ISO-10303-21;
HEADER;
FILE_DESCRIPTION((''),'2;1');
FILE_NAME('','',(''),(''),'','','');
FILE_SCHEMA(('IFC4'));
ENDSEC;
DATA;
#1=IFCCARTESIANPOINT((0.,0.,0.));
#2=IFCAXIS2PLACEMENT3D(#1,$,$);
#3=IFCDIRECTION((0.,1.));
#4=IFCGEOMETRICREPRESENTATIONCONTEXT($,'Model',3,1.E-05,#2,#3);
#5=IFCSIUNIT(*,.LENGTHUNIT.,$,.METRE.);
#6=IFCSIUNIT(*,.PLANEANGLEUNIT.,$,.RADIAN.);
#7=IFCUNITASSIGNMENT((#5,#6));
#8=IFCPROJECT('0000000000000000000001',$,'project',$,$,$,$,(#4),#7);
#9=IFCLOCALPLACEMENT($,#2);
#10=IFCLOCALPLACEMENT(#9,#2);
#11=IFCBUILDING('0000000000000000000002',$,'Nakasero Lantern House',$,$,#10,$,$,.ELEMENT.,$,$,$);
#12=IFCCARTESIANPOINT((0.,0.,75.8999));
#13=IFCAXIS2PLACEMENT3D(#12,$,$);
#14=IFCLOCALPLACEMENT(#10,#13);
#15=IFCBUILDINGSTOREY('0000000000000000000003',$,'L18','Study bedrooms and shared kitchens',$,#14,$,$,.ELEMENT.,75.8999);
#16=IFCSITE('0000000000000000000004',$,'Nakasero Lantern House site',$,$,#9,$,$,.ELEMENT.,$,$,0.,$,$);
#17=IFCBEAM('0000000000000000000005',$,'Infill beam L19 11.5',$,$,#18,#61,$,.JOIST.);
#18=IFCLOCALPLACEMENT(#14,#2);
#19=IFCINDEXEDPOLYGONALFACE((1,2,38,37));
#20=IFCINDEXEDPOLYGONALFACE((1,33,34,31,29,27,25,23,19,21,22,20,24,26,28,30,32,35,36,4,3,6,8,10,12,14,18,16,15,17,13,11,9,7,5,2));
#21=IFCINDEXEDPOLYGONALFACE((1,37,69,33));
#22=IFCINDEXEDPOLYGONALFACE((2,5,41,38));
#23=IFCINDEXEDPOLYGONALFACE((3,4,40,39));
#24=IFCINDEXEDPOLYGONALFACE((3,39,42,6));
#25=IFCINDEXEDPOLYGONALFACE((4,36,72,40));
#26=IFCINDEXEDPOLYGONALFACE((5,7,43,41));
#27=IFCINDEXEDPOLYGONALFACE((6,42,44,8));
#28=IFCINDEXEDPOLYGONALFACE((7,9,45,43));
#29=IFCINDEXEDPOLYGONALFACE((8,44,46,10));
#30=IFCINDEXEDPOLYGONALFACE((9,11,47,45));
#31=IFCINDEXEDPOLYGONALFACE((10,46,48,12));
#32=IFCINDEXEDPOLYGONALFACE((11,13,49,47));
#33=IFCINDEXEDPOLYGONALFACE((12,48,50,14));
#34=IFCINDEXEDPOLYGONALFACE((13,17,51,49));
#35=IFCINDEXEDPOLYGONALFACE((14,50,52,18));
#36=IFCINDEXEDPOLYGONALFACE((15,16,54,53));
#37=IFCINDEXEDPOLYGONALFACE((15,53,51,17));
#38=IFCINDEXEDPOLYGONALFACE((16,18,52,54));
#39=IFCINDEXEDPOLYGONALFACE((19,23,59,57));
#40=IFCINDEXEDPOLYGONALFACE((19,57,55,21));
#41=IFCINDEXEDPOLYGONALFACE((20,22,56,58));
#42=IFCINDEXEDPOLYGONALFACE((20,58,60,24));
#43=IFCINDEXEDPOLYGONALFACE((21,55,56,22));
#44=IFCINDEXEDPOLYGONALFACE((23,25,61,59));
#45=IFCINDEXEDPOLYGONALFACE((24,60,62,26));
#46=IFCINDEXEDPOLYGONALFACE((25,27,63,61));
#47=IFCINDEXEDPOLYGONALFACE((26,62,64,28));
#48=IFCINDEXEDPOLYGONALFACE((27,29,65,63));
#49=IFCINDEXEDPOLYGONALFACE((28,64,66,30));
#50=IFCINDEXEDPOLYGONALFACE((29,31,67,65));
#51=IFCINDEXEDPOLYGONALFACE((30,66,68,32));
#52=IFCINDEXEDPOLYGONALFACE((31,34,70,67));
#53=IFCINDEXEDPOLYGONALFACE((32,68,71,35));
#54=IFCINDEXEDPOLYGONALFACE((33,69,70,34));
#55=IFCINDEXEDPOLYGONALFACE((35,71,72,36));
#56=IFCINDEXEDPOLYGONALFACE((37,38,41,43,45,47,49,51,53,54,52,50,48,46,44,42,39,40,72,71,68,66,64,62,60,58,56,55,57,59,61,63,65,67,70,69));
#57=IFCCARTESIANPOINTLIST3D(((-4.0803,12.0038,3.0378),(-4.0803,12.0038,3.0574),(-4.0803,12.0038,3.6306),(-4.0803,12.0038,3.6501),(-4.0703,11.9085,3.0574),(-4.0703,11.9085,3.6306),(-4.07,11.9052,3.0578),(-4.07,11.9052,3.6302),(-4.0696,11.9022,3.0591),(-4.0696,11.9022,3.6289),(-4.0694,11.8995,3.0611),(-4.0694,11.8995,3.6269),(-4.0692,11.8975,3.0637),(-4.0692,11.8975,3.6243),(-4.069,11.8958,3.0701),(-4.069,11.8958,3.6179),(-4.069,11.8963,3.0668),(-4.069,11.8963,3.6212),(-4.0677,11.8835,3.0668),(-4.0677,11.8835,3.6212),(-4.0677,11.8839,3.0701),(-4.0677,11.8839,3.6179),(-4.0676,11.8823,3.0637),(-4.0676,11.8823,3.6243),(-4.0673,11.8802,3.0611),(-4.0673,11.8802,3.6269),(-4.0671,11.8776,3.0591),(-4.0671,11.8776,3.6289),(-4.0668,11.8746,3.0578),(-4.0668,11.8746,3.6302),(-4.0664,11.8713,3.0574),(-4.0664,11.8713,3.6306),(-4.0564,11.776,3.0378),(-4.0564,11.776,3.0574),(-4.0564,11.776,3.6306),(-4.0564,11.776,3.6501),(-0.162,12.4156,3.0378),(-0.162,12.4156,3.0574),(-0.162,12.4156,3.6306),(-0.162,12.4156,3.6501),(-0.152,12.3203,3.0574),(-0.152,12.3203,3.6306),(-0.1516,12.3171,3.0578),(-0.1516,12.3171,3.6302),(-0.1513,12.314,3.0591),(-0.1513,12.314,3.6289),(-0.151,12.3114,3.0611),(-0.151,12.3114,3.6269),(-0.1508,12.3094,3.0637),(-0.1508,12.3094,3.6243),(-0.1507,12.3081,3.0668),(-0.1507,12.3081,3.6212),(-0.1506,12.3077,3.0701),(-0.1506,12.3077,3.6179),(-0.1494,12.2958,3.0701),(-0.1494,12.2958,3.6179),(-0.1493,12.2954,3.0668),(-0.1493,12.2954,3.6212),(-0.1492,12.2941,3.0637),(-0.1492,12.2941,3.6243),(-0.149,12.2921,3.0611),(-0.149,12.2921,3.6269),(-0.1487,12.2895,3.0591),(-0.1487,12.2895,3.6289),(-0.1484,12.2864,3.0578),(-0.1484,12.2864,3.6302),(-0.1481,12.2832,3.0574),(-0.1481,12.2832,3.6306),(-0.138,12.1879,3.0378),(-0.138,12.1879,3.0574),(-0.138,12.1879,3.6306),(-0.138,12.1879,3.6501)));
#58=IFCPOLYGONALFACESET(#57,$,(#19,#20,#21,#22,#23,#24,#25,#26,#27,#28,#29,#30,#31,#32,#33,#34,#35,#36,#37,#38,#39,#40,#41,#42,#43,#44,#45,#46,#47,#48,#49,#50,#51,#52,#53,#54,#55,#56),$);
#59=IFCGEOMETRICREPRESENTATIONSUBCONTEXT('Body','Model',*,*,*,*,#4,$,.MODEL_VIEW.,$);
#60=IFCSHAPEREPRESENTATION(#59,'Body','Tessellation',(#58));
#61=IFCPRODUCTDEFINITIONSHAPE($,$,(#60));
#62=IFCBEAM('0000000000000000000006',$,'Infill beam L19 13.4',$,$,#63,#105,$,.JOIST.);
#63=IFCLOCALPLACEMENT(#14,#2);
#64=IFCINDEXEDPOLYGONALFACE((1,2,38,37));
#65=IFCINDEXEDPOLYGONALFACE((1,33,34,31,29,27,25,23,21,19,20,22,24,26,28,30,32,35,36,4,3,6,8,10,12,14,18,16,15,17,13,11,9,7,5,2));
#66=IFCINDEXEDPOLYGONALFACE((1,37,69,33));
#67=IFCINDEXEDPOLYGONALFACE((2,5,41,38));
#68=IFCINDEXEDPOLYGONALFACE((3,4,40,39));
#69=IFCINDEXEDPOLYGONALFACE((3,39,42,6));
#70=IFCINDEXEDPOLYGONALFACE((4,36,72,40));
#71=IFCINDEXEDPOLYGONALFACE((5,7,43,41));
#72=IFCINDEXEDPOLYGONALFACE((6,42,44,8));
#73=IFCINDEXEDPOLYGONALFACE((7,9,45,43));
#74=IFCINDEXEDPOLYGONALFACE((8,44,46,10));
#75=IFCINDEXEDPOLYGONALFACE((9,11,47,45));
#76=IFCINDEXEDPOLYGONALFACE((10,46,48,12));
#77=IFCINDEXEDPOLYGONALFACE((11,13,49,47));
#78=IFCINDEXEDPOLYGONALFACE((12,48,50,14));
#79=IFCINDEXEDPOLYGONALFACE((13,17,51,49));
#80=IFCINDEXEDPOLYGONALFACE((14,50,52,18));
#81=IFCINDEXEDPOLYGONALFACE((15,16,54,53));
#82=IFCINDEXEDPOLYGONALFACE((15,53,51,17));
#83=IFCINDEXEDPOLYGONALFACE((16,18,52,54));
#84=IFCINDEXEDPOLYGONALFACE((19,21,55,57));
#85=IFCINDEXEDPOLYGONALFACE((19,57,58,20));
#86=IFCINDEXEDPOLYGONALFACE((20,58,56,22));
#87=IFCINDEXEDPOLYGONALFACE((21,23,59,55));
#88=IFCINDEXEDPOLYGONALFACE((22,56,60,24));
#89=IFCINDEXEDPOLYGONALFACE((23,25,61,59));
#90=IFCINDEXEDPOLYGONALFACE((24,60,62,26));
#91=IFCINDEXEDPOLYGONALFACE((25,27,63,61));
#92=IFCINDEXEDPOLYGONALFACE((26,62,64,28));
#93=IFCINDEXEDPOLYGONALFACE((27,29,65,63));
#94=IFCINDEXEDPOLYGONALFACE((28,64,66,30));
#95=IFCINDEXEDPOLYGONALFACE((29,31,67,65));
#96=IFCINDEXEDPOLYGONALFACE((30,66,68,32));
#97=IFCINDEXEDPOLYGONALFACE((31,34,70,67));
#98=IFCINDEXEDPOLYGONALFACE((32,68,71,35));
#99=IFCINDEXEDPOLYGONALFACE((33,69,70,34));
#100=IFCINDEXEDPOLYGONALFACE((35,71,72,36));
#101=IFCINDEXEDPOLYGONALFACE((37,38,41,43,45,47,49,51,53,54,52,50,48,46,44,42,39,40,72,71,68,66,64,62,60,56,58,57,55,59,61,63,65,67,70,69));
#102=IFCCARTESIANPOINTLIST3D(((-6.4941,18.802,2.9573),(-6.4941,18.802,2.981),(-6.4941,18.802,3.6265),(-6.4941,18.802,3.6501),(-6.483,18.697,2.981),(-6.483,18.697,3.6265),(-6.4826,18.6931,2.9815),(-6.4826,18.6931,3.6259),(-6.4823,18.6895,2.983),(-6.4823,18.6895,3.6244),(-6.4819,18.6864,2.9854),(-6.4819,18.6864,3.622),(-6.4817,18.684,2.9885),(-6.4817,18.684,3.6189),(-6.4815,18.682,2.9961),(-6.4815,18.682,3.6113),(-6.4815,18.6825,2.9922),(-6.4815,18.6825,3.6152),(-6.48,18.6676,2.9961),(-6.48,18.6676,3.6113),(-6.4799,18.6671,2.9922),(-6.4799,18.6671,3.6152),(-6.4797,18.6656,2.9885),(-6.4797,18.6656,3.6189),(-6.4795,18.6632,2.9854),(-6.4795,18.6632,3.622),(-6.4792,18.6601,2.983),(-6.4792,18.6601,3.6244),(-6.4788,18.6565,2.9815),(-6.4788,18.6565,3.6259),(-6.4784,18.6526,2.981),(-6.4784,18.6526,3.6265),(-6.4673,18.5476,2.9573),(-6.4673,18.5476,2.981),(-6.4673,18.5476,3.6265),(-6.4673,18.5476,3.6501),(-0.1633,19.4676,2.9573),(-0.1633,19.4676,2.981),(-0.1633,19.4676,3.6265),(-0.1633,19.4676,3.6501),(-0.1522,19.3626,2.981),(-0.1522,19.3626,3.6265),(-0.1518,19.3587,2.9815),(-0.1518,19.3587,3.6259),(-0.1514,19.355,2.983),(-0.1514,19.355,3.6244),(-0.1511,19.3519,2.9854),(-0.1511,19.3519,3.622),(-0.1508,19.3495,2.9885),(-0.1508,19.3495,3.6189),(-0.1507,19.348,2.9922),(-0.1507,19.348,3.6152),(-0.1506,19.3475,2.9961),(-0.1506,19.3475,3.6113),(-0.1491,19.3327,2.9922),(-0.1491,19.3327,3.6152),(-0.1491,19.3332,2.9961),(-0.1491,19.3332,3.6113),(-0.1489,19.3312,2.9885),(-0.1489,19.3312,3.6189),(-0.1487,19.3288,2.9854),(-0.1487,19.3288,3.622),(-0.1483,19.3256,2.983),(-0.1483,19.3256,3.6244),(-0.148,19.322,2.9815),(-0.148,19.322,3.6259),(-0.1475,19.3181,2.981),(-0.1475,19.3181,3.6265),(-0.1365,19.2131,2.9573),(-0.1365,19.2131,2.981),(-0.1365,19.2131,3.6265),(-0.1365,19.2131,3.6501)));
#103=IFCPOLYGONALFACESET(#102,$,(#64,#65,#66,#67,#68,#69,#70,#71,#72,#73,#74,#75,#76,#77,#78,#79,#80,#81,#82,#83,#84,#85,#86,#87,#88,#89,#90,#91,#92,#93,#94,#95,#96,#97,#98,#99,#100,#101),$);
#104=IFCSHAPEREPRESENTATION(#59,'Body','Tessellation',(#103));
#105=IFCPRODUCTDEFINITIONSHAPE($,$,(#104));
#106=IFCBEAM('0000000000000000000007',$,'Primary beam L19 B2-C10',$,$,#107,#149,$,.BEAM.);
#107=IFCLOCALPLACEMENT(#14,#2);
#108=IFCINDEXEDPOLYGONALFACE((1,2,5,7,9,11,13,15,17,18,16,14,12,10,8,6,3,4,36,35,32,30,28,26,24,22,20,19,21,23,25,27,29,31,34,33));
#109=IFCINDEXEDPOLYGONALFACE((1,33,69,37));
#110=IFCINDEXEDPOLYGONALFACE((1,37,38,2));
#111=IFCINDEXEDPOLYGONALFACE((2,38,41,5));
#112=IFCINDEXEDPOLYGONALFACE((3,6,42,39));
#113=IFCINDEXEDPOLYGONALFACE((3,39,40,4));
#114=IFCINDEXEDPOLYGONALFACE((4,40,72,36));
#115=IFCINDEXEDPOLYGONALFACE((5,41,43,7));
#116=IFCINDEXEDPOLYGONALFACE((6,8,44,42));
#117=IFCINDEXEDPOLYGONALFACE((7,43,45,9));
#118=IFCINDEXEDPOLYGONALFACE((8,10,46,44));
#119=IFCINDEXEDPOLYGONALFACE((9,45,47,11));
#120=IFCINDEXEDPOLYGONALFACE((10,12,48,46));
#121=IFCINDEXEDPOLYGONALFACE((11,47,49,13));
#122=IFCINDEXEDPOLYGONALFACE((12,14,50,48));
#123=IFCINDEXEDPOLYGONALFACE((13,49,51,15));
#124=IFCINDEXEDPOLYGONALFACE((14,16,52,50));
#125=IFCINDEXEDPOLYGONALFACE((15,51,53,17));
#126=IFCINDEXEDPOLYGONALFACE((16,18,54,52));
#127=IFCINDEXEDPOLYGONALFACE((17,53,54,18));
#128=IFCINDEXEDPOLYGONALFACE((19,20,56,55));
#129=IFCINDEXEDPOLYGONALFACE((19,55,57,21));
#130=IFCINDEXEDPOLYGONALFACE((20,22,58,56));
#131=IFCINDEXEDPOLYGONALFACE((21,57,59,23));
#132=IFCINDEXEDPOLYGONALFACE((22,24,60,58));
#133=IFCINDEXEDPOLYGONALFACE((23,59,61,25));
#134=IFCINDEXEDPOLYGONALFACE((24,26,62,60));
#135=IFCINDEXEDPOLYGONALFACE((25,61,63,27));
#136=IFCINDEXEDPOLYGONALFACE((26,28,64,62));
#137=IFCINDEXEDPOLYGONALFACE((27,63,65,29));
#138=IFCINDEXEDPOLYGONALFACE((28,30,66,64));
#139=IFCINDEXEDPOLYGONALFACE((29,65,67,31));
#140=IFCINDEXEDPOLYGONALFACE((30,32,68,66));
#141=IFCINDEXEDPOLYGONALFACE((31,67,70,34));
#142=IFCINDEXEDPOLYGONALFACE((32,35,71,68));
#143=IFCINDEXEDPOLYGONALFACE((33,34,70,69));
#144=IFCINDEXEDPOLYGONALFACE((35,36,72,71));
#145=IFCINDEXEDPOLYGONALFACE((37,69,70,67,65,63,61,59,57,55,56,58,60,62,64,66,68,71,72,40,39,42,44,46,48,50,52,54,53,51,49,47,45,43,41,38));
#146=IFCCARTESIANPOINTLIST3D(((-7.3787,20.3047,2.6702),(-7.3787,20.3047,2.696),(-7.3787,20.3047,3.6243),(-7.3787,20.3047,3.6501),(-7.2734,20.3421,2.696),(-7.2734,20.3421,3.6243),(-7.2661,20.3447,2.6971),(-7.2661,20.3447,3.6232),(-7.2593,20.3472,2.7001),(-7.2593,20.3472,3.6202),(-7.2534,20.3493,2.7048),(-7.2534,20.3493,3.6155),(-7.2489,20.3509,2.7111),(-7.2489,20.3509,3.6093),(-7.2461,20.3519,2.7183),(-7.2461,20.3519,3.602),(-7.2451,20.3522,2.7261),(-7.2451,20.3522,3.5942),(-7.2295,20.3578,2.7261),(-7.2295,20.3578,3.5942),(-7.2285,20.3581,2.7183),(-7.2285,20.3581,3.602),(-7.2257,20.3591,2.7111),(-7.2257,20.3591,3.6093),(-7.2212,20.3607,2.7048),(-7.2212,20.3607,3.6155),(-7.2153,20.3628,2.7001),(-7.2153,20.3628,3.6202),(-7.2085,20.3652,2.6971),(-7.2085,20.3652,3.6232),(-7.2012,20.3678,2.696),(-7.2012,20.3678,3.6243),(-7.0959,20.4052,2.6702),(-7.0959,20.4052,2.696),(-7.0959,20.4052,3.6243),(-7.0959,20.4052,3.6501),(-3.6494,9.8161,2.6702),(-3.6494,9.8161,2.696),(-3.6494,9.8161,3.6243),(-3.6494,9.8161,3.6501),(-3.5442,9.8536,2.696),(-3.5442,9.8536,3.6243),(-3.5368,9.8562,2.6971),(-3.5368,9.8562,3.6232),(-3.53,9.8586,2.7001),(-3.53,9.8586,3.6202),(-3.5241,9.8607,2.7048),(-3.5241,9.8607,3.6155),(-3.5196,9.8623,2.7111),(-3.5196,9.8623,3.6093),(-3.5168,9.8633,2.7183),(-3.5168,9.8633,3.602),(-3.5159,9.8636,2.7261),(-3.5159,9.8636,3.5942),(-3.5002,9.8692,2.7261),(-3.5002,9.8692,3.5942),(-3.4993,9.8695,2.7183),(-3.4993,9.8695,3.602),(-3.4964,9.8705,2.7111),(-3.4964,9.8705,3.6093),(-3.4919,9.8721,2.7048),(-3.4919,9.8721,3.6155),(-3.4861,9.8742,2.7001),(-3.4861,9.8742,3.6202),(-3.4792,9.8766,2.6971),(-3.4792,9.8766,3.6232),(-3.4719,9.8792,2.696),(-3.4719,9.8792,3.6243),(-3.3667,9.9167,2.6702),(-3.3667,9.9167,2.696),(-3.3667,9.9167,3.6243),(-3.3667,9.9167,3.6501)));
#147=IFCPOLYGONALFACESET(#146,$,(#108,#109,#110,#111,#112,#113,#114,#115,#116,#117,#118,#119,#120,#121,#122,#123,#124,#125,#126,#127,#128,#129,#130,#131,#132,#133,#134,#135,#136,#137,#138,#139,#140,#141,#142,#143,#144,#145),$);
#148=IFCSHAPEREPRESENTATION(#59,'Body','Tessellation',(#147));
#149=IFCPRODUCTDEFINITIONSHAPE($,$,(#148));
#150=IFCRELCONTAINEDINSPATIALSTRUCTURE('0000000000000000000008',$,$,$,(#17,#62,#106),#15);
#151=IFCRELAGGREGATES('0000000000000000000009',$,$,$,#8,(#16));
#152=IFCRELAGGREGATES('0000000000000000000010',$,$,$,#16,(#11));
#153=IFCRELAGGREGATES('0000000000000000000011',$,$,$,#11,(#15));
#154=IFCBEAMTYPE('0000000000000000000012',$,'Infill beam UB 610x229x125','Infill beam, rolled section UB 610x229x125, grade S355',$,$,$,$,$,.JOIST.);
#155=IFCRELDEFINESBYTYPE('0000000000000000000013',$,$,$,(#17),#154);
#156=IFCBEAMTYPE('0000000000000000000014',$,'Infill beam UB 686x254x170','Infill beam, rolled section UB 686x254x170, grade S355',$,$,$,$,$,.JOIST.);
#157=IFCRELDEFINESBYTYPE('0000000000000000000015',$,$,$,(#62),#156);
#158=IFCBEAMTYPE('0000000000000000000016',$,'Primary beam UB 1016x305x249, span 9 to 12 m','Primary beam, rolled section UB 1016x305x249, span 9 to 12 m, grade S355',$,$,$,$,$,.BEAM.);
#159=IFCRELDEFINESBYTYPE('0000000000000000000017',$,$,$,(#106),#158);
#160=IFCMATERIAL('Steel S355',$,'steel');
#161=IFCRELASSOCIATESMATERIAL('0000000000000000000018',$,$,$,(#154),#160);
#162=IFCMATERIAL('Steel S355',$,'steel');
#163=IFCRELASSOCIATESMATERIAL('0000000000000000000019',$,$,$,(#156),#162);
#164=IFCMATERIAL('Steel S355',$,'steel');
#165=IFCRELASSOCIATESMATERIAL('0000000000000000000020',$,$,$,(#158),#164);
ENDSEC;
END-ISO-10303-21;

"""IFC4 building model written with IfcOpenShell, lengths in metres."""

from ifc_helpers import new_model, si_unit, direction, frame, origin, origin_2d, place, context, subcontext, project, spatial, i_section, extrude, material, material_profile, profile_set, type_object, element, save


model = new_model("IFC4")

# Units and contexts
model_context = context("Model", 3, precision=1e-05, world=origin(), true_north=direction((0.0, 1.0)))
body_context = subcontext(model_context, "Body", "Model", "MODEL_VIEW")
ifc_project = project(units=[si_unit("LENGTHUNIT", "METRE"), si_unit("PLANEANGLEUNIT", "RADIAN")], contexts=[model_context])

# Site, building, storey
site_placement = place(None, origin())
site = spatial("IfcSite", under=ifc_project, at=site_placement, Name="Nakasero Lantern House site", CompositionType="ELEMENT", RefElevation=0.0)
building_placement = place(site_placement, origin())
building = spatial("IfcBuilding", under=site, at=building_placement, Name="Nakasero Lantern House", CompositionType="ELEMENT")
storey_placement = place(building_placement, frame((0.0, 0.0, 75.8999)))
storey = spatial("IfcBuildingStorey", under=building, at=storey_placement, Name="L18", Description="Study bedrooms and shared kitchens", CompositionType="ELEMENT", Elevation=75.8999)

# Beams
ifc_material_1 = material(Name="Steel S355", Category="steel")
ifc_material_profile_1 = material_profile(ifc_material_1, i_section(OverallWidth=0.229, OverallDepth=0.6123, WebThickness=0.012, FlangeThickness=0.0195, FilletRadius=0.0127, at=origin_2d()), Name="UB 610x229x125")
ifc_profile_set_1 = profile_set([ifc_material_profile_1], Name="Steel S355")
beam_type_1 = type_object("IfcBeamType", Name="Infill beam UB 610x229x125", Description="Infill beam, rolled section UB 610x229x125, grade S355", PredefinedType="JOIST", material=ifc_profile_set_1)
beam_1_placement = place(storey_placement, frame((-4.0684, 11.8899, 3.344), z_axis=(0.994521, 0.104533, 0.0), x_axis=(-0.104533, 0.994521, 0.0)))
element("IfcBeam", 1, at=beam_1_placement, inside=storey, type_object=beam_type_1, Name="Infill beam L19 11.5", PredefinedType="JOIST", context=body_context, shape_type="SweptSolid", body=[
    extrude(i_section(OverallWidth=0.229, OverallDepth=0.6123, WebThickness=0.012, FlangeThickness=0.0195, FilletRadius=0.0127, at=origin_2d()), origin(), (0.0, 0.0, 1.0), 3.9399),
])
ifc_material_2 = material(Name="Steel S355", Category="steel")
ifc_material_profile_2 = material_profile(ifc_material_2, i_section(OverallWidth=0.2559, OverallDepth=0.6929, WebThickness=0.0144, FlangeThickness=0.0237, FilletRadius=0.0151, at=origin_2d()), Name="UB 686x254x170")
ifc_profile_set_2 = profile_set([ifc_material_profile_2], Name="Steel S355")
beam_type_2 = type_object("IfcBeamType", Name="Infill beam UB 686x254x170", Description="Infill beam, rolled section UB 686x254x170, grade S355", PredefinedType="JOIST", material=ifc_profile_set_2)
beam_2_placement = place(storey_placement, frame((-6.4807, 18.6748, 3.3037), z_axis=(0.99452, 0.104549, 0.0), x_axis=(-0.104549, 0.99452, 0.0)))
element("IfcBeam", 2, at=beam_2_placement, inside=storey, type_object=beam_type_2, Name="Infill beam L19 13.4", PredefinedType="JOIST", context=body_context, shape_type="SweptSolid", body=[
    extrude(i_section(OverallWidth=0.2559, OverallDepth=0.6929, WebThickness=0.0144, FlangeThickness=0.0237, FilletRadius=0.0151, at=origin_2d()), origin(), (0.0, 0.0, 1.0), 6.3657),
])
ifc_material_3 = material(Name="Steel S355", Category="steel")
ifc_material_profile_3 = material_profile(ifc_material_3, i_section(OverallWidth=0.3, OverallDepth=0.98, WebThickness=0.0166, FlangeThickness=0.0259, FilletRadius=0.03, at=origin_2d()), Name="UB 1016x305x249")
ifc_profile_set_3 = profile_set([ifc_material_profile_3], Name="Steel S355")
beam_type_3 = type_object("IfcBeamType", Name="Primary beam UB 1016x305x249, span 9 to 12 m", Description="Primary beam, rolled section UB 1016x305x249, span 9 to 12 m, grade S355", PredefinedType="BEAM", material=ifc_profile_set_3)
beam_3_placement = place(storey_placement, frame((-7.2373, 20.355, 3.1602), z_axis=(0.335009, -0.942215, 0.0), x_axis=(0.942215, 0.335009, 0.0)))
element("IfcBeam", 3, at=beam_3_placement, inside=storey, type_object=beam_type_3, Name="Primary beam L19 B2-C10", PredefinedType="BEAM", context=body_context, shape_type="SweptSolid", body=[
    extrude(i_section(OverallWidth=0.3, OverallDepth=0.98, WebThickness=0.0166, FlangeThickness=0.0259, FilletRadius=0.03, at=origin_2d()), origin(), (0.0, 0.0, 1.0), 11.1318),
])

save(model, "model.ifc")
